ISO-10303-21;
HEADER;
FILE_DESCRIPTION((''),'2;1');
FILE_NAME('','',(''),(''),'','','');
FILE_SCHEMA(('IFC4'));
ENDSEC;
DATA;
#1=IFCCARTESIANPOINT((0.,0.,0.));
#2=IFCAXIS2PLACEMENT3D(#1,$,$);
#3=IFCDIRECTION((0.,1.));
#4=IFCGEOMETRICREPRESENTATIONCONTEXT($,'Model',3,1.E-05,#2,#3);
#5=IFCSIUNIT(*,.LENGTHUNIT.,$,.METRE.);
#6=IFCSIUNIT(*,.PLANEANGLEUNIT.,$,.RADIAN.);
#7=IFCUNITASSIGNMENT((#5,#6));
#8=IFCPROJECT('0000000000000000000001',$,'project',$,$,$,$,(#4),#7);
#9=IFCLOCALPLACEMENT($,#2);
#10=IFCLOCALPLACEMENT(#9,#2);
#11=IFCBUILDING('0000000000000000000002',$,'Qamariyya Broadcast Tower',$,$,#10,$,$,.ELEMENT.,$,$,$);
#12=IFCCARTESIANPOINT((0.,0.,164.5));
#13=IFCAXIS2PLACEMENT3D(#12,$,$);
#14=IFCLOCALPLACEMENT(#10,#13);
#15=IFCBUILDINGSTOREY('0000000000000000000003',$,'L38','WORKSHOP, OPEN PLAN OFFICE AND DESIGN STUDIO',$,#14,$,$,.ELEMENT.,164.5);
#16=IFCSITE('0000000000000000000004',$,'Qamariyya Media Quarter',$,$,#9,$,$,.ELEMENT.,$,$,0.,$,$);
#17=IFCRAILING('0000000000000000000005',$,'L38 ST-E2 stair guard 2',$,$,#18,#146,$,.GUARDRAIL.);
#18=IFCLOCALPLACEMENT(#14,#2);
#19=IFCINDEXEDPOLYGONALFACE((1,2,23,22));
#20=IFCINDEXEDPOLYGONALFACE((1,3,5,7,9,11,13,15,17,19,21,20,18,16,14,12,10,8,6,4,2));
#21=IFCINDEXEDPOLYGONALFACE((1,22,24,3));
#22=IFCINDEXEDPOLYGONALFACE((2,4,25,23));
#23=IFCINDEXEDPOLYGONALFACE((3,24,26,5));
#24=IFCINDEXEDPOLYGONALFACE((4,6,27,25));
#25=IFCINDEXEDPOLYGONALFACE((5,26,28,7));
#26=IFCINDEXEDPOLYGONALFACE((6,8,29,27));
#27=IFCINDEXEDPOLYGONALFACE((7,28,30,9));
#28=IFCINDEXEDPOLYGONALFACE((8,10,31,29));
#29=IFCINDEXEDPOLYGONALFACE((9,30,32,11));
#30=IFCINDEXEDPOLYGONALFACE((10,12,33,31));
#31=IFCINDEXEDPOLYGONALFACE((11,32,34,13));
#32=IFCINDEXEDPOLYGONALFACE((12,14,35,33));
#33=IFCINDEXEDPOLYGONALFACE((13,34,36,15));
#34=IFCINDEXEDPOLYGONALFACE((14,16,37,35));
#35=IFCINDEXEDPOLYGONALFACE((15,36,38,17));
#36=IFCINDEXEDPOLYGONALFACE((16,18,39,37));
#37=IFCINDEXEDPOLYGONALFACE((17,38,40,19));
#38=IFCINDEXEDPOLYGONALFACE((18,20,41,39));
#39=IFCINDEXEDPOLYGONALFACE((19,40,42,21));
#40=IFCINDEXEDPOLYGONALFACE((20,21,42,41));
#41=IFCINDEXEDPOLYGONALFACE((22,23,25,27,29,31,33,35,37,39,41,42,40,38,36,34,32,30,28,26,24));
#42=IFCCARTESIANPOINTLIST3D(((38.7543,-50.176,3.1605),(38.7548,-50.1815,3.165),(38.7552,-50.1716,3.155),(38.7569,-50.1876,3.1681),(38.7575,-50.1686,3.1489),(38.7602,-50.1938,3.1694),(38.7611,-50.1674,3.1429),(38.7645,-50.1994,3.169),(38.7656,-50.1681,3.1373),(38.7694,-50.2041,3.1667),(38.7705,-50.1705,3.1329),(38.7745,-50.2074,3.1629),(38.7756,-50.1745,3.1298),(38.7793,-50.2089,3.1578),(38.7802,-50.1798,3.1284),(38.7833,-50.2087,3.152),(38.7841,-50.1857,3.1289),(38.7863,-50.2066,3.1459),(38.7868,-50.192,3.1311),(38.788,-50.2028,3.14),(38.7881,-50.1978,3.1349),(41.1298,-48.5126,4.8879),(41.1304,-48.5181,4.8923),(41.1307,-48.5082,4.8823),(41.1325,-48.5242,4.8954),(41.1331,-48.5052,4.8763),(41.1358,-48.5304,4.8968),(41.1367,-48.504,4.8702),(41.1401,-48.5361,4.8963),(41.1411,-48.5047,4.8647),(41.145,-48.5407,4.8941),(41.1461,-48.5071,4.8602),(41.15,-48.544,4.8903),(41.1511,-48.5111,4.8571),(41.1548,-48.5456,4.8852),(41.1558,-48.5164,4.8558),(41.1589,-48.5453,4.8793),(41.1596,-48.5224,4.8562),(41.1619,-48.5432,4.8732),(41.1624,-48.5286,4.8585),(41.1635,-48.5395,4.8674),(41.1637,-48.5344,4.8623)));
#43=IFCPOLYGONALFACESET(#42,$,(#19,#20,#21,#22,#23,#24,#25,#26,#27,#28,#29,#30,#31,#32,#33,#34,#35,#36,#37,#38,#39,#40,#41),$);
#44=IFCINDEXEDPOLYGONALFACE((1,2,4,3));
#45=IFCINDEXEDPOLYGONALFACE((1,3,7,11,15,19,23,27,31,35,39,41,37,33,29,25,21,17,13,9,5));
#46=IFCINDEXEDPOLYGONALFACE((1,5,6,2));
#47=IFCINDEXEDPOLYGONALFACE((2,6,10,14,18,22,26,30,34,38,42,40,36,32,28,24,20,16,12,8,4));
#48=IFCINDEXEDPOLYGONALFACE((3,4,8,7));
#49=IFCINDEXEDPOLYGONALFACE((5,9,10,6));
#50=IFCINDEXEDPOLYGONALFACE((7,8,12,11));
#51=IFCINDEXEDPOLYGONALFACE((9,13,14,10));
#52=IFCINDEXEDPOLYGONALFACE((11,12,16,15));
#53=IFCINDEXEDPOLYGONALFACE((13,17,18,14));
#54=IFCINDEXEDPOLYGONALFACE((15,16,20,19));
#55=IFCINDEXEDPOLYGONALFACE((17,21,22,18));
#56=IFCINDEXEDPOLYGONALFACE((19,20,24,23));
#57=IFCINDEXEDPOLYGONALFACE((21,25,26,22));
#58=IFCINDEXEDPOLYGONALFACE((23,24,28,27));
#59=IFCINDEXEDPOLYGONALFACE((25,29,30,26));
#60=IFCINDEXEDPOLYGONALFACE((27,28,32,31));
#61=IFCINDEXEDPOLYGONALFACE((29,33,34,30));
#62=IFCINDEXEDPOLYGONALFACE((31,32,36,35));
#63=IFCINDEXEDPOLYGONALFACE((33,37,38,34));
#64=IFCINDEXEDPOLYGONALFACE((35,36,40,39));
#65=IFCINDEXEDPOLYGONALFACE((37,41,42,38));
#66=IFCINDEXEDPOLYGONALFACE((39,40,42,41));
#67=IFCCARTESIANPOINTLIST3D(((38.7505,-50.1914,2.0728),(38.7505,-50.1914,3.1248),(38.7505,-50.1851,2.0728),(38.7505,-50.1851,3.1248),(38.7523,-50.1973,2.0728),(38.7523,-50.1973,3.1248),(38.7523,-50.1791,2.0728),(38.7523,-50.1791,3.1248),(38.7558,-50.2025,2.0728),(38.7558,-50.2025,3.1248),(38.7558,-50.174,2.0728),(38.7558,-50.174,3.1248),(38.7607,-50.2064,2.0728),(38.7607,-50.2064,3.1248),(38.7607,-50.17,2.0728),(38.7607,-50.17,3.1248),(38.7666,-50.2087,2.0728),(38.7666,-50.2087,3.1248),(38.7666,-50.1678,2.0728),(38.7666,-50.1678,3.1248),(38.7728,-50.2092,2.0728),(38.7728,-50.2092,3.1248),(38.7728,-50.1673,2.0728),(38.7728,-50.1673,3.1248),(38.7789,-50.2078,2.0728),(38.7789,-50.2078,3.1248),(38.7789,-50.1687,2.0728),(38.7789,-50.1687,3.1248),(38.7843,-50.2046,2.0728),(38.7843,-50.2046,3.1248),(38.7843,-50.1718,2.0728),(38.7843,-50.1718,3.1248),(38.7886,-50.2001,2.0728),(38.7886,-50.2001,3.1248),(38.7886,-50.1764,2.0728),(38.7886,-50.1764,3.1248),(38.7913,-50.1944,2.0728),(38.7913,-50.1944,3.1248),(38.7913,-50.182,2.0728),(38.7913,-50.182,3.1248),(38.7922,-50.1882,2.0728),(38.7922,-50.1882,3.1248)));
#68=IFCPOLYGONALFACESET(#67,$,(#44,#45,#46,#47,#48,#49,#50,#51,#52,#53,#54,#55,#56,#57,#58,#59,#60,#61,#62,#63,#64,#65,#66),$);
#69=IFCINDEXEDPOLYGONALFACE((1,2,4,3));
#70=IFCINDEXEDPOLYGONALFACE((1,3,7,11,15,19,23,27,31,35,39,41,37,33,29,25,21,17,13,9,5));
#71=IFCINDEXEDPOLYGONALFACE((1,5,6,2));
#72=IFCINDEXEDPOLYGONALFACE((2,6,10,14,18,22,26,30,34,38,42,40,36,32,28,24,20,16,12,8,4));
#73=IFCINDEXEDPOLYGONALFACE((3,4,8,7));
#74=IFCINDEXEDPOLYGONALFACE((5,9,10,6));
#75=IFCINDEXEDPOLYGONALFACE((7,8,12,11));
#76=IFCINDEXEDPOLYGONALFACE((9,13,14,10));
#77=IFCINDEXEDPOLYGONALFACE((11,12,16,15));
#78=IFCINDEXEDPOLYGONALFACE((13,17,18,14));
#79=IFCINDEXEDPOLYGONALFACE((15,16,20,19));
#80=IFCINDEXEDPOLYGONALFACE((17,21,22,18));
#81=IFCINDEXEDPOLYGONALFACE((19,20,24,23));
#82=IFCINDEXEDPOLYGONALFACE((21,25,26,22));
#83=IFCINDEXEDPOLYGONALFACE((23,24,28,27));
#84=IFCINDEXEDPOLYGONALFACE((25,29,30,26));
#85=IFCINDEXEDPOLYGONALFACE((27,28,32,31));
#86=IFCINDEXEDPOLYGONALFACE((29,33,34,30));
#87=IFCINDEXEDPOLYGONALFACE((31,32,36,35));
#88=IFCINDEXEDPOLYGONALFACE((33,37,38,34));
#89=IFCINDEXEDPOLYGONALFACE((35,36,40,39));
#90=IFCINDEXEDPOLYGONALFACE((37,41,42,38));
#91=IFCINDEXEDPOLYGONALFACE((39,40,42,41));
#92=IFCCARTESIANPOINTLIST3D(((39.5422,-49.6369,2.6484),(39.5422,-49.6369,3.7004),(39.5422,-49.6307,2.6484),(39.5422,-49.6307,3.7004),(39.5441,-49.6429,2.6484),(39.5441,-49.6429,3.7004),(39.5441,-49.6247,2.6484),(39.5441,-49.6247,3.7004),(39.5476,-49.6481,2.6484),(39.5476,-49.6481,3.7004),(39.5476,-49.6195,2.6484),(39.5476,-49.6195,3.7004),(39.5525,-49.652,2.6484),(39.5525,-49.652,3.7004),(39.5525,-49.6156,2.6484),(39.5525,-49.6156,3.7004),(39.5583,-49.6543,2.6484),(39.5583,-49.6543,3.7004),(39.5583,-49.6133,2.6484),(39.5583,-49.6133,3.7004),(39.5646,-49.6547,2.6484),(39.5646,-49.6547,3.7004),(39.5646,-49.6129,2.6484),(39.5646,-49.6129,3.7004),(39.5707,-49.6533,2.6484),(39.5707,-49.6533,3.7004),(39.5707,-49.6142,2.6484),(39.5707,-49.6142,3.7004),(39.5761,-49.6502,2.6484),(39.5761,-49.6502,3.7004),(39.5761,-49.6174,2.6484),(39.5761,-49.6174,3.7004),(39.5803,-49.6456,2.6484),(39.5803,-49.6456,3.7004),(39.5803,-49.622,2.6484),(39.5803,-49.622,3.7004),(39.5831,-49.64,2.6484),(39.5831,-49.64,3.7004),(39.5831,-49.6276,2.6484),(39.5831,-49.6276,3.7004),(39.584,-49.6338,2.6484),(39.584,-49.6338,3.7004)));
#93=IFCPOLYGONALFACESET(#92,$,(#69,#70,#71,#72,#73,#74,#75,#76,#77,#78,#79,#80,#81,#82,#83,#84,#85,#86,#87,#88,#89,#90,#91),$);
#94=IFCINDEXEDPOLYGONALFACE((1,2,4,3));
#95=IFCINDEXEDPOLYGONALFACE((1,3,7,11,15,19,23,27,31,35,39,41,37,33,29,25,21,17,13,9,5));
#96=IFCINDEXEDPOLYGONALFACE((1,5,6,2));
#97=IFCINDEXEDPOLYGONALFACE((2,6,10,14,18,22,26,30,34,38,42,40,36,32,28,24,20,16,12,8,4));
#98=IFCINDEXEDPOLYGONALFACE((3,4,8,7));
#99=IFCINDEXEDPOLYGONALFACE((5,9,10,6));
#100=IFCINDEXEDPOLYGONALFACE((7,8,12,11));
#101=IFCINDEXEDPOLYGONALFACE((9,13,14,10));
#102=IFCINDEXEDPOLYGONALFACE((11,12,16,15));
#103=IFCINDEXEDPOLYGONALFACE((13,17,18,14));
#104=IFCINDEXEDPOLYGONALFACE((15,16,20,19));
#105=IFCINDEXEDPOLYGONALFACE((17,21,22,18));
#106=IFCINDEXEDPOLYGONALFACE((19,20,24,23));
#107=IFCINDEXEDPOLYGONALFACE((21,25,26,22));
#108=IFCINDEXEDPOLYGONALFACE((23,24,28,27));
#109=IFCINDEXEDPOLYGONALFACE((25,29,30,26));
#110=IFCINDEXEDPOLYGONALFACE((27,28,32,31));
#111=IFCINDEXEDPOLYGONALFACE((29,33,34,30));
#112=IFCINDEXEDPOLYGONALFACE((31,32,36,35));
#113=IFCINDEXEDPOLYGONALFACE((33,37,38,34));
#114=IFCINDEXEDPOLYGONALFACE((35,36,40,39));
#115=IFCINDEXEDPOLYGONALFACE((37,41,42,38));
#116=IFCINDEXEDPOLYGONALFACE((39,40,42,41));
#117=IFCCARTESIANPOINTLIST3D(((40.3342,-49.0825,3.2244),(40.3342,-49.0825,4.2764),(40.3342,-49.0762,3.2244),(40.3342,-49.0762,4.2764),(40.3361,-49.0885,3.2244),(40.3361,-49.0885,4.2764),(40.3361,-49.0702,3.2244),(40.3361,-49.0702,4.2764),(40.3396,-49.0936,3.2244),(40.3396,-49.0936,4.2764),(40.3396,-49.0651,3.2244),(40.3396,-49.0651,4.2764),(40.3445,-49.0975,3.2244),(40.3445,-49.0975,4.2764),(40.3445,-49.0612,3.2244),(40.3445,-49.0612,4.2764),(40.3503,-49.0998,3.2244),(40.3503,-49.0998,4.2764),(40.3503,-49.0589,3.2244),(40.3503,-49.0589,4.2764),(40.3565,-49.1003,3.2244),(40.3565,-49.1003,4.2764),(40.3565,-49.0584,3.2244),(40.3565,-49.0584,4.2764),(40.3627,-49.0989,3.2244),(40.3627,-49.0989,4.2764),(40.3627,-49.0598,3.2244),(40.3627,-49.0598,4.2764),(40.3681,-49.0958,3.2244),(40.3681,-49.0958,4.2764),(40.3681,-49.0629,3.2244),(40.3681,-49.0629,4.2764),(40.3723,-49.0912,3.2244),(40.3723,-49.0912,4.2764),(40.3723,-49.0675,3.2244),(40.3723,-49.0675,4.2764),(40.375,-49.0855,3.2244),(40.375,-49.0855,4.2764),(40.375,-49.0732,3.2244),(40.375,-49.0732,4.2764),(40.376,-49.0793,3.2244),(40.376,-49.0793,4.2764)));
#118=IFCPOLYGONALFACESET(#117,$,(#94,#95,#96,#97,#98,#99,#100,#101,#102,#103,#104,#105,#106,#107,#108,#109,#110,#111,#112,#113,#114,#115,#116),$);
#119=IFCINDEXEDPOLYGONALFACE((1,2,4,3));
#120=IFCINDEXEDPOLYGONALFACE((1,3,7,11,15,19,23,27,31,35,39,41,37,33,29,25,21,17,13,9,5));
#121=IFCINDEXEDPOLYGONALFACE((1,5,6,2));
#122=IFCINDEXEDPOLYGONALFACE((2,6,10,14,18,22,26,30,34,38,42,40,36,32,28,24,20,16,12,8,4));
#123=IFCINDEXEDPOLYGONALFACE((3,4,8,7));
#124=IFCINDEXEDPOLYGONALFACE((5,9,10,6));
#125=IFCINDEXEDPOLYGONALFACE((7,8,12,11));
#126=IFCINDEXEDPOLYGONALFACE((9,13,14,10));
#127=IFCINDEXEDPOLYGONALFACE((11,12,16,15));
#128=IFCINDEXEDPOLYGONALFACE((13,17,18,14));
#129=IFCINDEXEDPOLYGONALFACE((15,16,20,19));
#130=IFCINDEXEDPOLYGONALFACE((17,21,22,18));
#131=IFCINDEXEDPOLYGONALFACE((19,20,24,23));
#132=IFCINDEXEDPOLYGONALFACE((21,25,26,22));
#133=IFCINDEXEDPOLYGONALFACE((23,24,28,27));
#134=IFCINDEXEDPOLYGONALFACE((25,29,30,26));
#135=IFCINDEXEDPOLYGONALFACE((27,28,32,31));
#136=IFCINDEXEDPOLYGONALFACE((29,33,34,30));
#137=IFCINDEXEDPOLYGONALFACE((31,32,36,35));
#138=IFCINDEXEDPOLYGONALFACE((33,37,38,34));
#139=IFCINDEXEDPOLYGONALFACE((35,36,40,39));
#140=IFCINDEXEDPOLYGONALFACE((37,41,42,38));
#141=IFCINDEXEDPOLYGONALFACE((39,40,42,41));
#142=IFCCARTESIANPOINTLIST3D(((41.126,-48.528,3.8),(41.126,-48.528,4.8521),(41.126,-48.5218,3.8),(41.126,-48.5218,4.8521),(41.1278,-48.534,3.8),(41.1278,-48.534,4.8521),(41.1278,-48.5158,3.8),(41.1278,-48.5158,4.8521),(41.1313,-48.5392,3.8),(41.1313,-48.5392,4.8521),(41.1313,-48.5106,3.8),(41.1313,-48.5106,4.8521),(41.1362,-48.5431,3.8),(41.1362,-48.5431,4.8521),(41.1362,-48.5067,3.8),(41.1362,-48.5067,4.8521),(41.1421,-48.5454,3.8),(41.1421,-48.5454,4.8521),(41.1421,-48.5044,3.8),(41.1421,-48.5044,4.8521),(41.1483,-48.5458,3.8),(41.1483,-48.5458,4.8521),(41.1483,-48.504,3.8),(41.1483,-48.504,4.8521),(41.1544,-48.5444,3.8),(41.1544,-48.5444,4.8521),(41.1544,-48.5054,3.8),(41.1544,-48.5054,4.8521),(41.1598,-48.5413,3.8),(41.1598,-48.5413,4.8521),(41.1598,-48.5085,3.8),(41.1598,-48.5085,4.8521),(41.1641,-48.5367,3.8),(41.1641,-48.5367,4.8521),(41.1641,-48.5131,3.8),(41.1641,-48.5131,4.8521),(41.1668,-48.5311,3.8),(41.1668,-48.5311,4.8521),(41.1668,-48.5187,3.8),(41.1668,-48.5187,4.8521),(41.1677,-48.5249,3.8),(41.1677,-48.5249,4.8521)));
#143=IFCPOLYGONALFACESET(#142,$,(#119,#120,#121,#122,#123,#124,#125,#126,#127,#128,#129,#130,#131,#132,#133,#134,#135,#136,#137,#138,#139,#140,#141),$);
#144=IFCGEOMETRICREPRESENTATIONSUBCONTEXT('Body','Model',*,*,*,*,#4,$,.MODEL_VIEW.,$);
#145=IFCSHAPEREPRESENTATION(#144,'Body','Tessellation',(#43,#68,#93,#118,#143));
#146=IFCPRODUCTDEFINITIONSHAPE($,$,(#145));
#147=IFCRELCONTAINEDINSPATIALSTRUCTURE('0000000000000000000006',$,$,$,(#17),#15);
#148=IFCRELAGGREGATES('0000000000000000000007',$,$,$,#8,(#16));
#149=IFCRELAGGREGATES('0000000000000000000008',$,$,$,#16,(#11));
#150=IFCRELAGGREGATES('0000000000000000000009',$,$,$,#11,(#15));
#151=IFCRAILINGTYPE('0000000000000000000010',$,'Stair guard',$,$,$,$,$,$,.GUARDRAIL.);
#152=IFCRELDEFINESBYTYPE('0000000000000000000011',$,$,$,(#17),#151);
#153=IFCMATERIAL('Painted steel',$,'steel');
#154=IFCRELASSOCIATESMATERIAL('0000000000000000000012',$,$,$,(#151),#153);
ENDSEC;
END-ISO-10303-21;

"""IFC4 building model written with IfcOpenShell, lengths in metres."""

from ifc_helpers import new_model, si_unit, direction, frame, origin, origin_2d, place, context, subcontext, project, spatial, circle, extrude, material, type_object, element, save


model = new_model("IFC4")

# Units and contexts
model_context = context("Model", 3, precision=1e-05, world=origin(), true_north=direction((0.0, 1.0)))
body_context = subcontext(model_context, "Body", "Model", "MODEL_VIEW")
ifc_project = project(units=[si_unit("LENGTHUNIT", "METRE"), si_unit("PLANEANGLEUNIT", "RADIAN")], contexts=[model_context])

# Site, building, storey
site_placement = place(None, origin())
site = spatial("IfcSite", under=ifc_project, at=site_placement, Name="Qamariyya Media Quarter", CompositionType="ELEMENT", RefElevation=0.0)
building_placement = place(site_placement, origin())
building = spatial("IfcBuilding", under=site, at=building_placement, Name="Qamariyya Broadcast Tower", CompositionType="ELEMENT")
storey_placement = place(building_placement, frame((0.0, 0.0, 164.5)))
storey = spatial("IfcBuildingStorey", under=building, at=storey_placement, Name="L38", Description="WORKSHOP, OPEN PLAN OFFICE AND DESIGN STUDIO", CompositionType="ELEMENT", Elevation=164.5)

# Railing
ifc_material_1 = material(Name="Painted steel", Category="steel")
railing_type = type_object("IfcRailingType", Name="Stair guard", PredefinedType="GUARDRAIL", material=ifc_material_1)
railing_placement = place(storey_placement, frame((38.7712, -50.1882, 2.0728)))
element("IfcRailing", 1, at=railing_placement, inside=storey, type_object=railing_type, Name="L38 ST-E2 stair guard 2", PredefinedType="GUARDRAIL", context=body_context, shape_type="SweptSolid", body=[
    extrude(circle(Radius=0.0239, at=origin_2d()), frame((0.0, 0.0, 1.0762), z_axis=(0.70377, 0.492784, 0.511734), x_axis=(-0.573575, 0.819153, 0.0)), (0.0, 0.0, 1.0), 3.3755),
    extrude(circle(Radius=0.021, at=origin_2d()), origin(), (0.0, 0.0, 1.0), 1.052),
    extrude(circle(Radius=0.021, at=origin_2d()), frame((0.7917, 0.5544, 0.5757)), (0.0, 0.0, 1.0), 1.052),
    extrude(circle(Radius=0.021, at=origin_2d()), frame((1.5837, 1.1089, 1.1516)), (0.0, 0.0, 1.0), 1.052),
    extrude(circle(Radius=0.021, at=origin_2d()), frame((2.3755, 1.6633, 1.7273)), (0.0, 0.0, 1.0), 1.052),
])

save(model, "model.ifc")
